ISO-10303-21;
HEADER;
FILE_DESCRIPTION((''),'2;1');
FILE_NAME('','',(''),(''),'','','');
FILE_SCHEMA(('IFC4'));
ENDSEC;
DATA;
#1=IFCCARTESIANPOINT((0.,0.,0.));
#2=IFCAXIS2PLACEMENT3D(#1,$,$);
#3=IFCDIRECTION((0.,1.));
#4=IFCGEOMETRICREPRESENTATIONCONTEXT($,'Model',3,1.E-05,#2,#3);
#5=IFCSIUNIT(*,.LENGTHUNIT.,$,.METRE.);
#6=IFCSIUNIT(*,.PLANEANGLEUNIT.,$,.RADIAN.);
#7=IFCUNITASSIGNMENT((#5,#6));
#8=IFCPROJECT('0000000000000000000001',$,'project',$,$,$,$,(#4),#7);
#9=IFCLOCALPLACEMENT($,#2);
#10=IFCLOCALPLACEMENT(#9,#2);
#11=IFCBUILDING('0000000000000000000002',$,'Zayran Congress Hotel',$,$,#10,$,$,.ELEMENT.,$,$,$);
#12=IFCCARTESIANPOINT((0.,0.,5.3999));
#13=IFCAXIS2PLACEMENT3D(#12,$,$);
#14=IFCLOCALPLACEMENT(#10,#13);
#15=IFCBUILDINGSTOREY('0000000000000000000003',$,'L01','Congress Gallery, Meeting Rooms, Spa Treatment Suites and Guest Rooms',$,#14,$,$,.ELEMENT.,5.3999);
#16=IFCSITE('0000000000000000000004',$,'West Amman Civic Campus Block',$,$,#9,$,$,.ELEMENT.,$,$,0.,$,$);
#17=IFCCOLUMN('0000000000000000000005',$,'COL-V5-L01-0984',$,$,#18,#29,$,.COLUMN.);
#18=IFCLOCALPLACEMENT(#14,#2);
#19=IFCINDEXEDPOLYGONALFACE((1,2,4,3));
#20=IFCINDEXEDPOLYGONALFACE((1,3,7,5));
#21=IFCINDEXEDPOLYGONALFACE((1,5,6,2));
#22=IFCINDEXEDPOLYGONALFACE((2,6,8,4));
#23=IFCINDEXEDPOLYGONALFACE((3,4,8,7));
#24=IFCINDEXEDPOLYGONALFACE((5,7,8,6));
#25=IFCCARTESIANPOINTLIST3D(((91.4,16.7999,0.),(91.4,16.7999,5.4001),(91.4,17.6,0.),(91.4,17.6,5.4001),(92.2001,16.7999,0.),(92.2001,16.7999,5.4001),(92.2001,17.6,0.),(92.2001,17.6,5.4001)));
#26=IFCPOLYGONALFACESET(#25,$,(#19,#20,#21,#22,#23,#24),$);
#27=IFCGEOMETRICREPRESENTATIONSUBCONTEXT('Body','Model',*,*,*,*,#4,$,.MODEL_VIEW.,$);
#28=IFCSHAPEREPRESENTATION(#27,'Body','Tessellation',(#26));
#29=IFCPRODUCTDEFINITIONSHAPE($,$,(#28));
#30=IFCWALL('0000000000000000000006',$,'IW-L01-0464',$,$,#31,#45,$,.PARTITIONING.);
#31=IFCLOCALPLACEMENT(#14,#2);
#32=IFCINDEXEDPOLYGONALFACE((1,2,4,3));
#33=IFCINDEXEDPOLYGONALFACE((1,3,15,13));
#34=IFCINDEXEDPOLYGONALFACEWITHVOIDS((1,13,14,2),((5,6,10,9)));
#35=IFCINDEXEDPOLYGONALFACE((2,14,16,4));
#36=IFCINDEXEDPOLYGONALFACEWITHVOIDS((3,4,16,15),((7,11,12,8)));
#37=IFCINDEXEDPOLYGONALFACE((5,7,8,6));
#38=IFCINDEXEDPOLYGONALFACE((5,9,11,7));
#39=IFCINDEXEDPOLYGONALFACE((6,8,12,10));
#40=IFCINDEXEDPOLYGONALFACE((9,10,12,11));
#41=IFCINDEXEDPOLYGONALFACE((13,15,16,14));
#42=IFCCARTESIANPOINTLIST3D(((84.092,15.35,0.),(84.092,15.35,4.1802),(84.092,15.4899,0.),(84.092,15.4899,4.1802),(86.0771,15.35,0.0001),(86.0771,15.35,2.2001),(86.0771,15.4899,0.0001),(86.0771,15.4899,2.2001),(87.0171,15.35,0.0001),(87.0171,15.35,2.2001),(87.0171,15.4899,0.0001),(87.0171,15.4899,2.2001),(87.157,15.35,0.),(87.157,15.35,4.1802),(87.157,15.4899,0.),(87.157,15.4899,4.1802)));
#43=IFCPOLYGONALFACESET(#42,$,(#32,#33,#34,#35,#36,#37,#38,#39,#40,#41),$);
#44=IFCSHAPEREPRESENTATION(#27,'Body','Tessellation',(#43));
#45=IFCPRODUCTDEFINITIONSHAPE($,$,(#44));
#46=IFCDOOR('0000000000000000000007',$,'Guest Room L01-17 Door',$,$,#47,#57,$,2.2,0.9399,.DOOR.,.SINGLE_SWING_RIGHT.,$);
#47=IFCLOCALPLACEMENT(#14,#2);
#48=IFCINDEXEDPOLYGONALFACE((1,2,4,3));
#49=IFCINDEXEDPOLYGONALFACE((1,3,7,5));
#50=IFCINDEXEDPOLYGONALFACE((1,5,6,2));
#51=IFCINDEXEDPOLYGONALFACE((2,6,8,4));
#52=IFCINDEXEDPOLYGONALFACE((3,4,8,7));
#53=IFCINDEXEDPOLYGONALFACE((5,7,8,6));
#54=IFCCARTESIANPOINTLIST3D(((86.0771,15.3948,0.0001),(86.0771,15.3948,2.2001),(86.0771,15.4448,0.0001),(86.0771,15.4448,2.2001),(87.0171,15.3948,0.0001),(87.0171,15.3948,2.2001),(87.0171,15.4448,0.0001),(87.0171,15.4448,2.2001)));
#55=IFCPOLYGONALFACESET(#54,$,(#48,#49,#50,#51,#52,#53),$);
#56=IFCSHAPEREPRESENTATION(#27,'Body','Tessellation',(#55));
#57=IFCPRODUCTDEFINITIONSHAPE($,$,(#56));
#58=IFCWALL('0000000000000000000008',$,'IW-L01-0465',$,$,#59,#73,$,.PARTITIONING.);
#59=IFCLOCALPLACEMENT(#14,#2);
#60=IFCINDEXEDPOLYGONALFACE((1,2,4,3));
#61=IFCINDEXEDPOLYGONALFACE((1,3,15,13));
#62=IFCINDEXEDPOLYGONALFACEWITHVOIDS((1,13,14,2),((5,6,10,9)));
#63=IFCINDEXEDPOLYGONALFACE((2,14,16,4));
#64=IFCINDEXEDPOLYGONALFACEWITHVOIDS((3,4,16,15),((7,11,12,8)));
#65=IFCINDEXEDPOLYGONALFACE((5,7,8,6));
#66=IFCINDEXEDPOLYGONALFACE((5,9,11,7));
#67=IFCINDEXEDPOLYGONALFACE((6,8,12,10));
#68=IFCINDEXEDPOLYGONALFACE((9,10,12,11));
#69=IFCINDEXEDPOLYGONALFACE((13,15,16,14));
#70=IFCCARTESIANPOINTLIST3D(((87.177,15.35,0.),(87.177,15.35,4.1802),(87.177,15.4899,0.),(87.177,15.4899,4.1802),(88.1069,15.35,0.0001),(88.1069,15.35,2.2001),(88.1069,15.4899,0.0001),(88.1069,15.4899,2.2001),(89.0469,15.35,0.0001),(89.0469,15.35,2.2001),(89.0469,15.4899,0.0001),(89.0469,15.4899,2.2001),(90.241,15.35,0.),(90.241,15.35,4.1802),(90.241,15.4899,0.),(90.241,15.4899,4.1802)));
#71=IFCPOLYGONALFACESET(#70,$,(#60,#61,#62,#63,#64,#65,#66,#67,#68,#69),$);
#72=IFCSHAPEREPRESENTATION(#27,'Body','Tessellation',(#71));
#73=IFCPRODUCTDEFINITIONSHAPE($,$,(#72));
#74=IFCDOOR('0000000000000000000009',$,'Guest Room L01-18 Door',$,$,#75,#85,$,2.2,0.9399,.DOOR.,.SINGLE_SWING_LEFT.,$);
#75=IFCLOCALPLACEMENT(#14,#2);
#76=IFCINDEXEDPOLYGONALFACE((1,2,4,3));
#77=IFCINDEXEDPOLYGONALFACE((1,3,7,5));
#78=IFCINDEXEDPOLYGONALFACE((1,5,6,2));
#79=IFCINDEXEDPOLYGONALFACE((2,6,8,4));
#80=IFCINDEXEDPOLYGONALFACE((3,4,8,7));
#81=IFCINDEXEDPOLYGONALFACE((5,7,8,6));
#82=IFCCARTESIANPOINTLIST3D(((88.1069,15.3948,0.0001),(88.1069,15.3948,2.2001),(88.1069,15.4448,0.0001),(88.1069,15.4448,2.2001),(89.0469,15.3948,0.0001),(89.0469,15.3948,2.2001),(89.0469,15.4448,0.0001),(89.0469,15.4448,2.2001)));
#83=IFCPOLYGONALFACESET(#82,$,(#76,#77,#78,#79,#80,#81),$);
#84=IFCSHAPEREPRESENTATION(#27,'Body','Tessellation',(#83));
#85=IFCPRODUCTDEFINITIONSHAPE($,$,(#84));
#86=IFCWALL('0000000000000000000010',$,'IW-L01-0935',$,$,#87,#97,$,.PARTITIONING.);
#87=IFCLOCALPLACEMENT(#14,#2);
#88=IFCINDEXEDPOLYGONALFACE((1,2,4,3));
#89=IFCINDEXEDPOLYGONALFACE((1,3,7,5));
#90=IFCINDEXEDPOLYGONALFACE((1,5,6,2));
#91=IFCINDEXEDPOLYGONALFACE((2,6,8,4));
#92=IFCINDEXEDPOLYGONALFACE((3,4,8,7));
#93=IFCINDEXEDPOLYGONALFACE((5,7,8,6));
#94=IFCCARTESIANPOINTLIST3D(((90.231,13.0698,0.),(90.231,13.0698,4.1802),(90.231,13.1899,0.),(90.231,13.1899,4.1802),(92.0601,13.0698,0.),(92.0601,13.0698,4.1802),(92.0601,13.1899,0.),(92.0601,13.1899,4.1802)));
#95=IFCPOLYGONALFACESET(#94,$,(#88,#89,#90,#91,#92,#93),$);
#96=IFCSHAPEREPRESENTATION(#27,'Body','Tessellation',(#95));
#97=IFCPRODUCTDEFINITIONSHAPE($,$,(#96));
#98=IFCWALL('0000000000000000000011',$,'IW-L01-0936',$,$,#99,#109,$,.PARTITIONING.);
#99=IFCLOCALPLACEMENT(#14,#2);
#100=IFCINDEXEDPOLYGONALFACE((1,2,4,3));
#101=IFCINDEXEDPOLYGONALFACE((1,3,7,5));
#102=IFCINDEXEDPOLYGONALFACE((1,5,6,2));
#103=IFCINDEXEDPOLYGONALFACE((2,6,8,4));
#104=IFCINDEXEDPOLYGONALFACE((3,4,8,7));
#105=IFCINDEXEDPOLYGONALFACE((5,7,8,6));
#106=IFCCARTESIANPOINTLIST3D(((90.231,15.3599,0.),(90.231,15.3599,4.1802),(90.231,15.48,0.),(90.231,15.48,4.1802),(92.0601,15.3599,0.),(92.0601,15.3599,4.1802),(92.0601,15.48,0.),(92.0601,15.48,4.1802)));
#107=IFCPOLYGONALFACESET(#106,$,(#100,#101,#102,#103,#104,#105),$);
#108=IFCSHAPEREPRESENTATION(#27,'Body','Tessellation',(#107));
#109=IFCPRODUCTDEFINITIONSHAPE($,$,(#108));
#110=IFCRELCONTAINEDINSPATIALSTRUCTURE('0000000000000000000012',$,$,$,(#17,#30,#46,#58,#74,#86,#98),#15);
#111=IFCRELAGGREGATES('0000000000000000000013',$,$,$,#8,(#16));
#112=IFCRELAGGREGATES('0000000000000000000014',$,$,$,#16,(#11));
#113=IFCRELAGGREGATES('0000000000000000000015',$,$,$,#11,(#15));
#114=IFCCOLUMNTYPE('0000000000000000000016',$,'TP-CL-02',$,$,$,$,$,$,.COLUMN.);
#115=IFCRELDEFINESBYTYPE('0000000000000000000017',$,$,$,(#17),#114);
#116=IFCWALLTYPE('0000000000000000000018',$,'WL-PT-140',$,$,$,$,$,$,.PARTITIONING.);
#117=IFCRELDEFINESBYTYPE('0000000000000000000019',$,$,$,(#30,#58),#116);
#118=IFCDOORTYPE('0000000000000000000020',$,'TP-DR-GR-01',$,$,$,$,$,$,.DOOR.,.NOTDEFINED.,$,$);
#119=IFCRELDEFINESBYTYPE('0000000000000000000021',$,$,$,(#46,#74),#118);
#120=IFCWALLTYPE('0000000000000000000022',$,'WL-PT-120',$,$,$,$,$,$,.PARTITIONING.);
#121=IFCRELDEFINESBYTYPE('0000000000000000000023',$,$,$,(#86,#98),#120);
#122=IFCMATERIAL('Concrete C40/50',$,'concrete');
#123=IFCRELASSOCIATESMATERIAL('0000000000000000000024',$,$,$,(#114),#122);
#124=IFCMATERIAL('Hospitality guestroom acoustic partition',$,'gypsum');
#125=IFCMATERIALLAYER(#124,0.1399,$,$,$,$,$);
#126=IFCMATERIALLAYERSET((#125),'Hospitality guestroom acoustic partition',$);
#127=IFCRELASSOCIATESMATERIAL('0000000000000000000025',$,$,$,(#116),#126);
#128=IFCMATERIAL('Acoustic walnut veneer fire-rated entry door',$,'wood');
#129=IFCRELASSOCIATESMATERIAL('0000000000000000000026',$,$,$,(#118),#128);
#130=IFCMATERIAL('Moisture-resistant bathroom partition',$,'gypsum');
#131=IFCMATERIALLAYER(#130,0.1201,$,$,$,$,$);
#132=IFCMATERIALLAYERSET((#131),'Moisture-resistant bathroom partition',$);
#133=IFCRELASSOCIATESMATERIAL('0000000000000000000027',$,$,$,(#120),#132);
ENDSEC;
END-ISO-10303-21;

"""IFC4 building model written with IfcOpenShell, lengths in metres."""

from ifc_helpers import new_model, si_unit, direction, frame, frame_2d, origin, origin_2d, place, context, subcontext, project, spatial, rectangle, extrude, material, layer, layer_set, material_profile, profile_set, type_object, element, fill, save


model = new_model("IFC4")

# Units and contexts
model_context = context("Model", 3, precision=1e-05, world=origin(), true_north=direction((0.0, 1.0)))
body_context = subcontext(model_context, "Body", "Model", "MODEL_VIEW")
ifc_project = project(units=[si_unit("LENGTHUNIT", "METRE"), si_unit("PLANEANGLEUNIT", "RADIAN")], contexts=[model_context])

# Site, building, storey
site_placement = place(None, origin())
site = spatial("IfcSite", under=ifc_project, at=site_placement, Name="West Amman Civic Campus Block", CompositionType="ELEMENT", RefElevation=0.0)
building_placement = place(site_placement, origin())
building = spatial("IfcBuilding", under=site, at=building_placement, Name="Zayran Congress Hotel", CompositionType="ELEMENT")
storey_placement = place(building_placement, frame((0.0, 0.0, 5.3999)))
storey = spatial("IfcBuildingStorey", under=building, at=storey_placement, Name="L01", Description="Congress Gallery, Meeting Rooms, Spa Treatment Suites and Guest Rooms", CompositionType="ELEMENT", Elevation=5.3999)

# Column
ifc_material_1 = material(Name="Concrete C40/50", Category="concrete")
ifc_material_profile = material_profile(ifc_material_1, rectangle(XDim=0.8, YDim=0.8, at=origin_2d()), Name="RC 800x800")
ifc_profile_set = profile_set([ifc_material_profile], Name="Concrete C40/50")
column_type = type_object("IfcColumnType", Name="TP-CL-02", PredefinedType="COLUMN", material=ifc_profile_set)
column_placement = place(storey_placement, frame((91.8, 17.2, 0.0), z_axis=(0.0, 0.0, 1.0), x_axis=(1.0, 0.0, 0.0)))
element("IfcColumn", 1, at=column_placement, inside=storey, type_object=column_type, Name="COL-V5-L01-0984", PredefinedType="COLUMN", context=body_context, shape_type="SweptSolid", body=[
    extrude(rectangle(XDim=0.8, YDim=0.8, at=origin_2d()), origin(), (0.0, 0.0, 1.0), 5.4001),
])

# Walls, openings, doors
ifc_material_2 = material(Name="Hospitality guestroom acoustic partition", Category="gypsum")
ifc_layer_1 = layer(ifc_material_2, 0.1399)
ifc_layer_set_1 = layer_set([ifc_layer_1], Name="Hospitality guestroom acoustic partition")
wall_type_1 = type_object("IfcWallType", Name="WL-PT-140", PredefinedType="PARTITIONING", material=ifc_layer_set_1)
wall_1_placement = place(storey_placement, frame((84.092, 15.4199, 0.0), z_axis=(0.0, 0.0, 1.0), x_axis=(1.0, 0.0, 0.0)))
wall_1 = element("IfcWall", 2, at=wall_1_placement, inside=storey, type_object=wall_type_1, Name="IW-L01-0464", PredefinedType="PARTITIONING", context=body_context, shape_type="SweptSolid", body=[
    extrude(rectangle(XDim=3.0649, YDim=0.1399, at=frame_2d((1.5325, 0.0))), origin(), (0.0, 0.0, 1.0), 4.1802),
])
opening_1_placement = place(wall_1_placement, frame((1.9851, 0.0, 0.0)))
opening_1 = element("IfcOpeningElement", 3, at=opening_1_placement, cuts=wall_1, PredefinedType="OPENING", context=body_context, shape_type="SweptSolid", body=[
    extrude(rectangle(XDim=0.9399, YDim=2.2, at=frame_2d((0.47, 1.1001))), frame((0.0, 0.0798, 0.0), z_axis=(0.0, -1.0, 0.0), x_axis=(1.0, 0.0, 0.0)), (0.0, 0.0, 1.0), 0.1599),
])
ifc_material_3 = material(Name="Acoustic walnut veneer fire-rated entry door", Category="wood")
door_type_1 = type_object("IfcDoorType", Name="TP-DR-GR-01", OperationType="NOTDEFINED", PredefinedType="DOOR", material=ifc_material_3)
door_1_placement = place(opening_1_placement, origin())
door_1 = element("IfcDoor", 4, at=door_1_placement, inside=storey, type_object=door_type_1, Name="Guest Room L01-17 Door", OperationType="SINGLE_SWING_RIGHT", OverallHeight=2.2, OverallWidth=0.9399, PredefinedType="DOOR", context=body_context, shape_type="SweptSolid", body=[
    extrude(rectangle(XDim=0.9399, YDim=2.2, at=frame_2d((0.47, 1.1001))), frame((0.0, 0.0249, 0.0), z_axis=(0.0, -1.0, 0.0), x_axis=(1.0, 0.0, 0.0)), (0.0, 0.0, 1.0), 0.05),
])
fill(opening_1, door_1)
wall_2_placement = place(storey_placement, frame((87.177, 15.4199, 0.0), z_axis=(0.0, 0.0, 1.0), x_axis=(1.0, 0.0, 0.0)))
wall_2 = element("IfcWall", 5, at=wall_2_placement, inside=storey, type_object=wall_type_1, Name="IW-L01-0465", PredefinedType="PARTITIONING", context=body_context, shape_type="SweptSolid", body=[
    extrude(rectangle(XDim=3.064, YDim=0.1399, at=frame_2d((1.532, 0.0))), origin(), (0.0, 0.0, 1.0), 4.1802),
])
opening_2_placement = place(wall_2_placement, frame((0.9299, 0.0, 0.0)))
opening_2 = element("IfcOpeningElement", 6, at=opening_2_placement, cuts=wall_2, PredefinedType="OPENING", context=body_context, shape_type="SweptSolid", body=[
    extrude(rectangle(XDim=0.9399, YDim=2.2, at=frame_2d((0.47, 1.1001))), frame((0.0, 0.0798, 0.0), z_axis=(0.0, -1.0, 0.0), x_axis=(1.0, 0.0, 0.0)), (0.0, 0.0, 1.0), 0.1599),
])
door_2_placement = place(opening_2_placement, origin())
door_2 = element("IfcDoor", 7, at=door_2_placement, inside=storey, type_object=door_type_1, Name="Guest Room L01-18 Door", OperationType="SINGLE_SWING_LEFT", OverallHeight=2.2, OverallWidth=0.9399, PredefinedType="DOOR", context=body_context, shape_type="SweptSolid", body=[
    extrude(rectangle(XDim=0.9399, YDim=2.2, at=frame_2d((0.47, 1.1001))), frame((0.0, 0.0249, 0.0), z_axis=(0.0, -1.0, 0.0), x_axis=(1.0, 0.0, 0.0)), (0.0, 0.0, 1.0), 0.05),
])
fill(opening_2, door_2)
ifc_material_4 = material(Name="Moisture-resistant bathroom partition", Category="gypsum")
ifc_layer_2 = layer(ifc_material_4, 0.1201)
ifc_layer_set_2 = layer_set([ifc_layer_2], Name="Moisture-resistant bathroom partition")
wall_type_2 = type_object("IfcWallType", Name="WL-PT-120", PredefinedType="PARTITIONING", material=ifc_layer_set_2)

# Walls
for number, where, z_axis, x_axis, name in (
    (8, (90.231, 13.1299, 0.0), (0.0, 0.0, 1.0), (1.0, 0.0, 0.0), "IW-L01-0935"),
    (9, (90.231, 15.4199, 0.0), (0.0, 0.0, 1.0), (1.0, 0.0, 0.0), "IW-L01-0936"),
):
    element("IfcWall", number, at=place(storey_placement, frame(where, z_axis=z_axis, x_axis=x_axis)), inside=storey, type_object=wall_type_2, Name=name, PredefinedType="PARTITIONING", context=body_context, shape_type="SweptSolid", body=[
        extrude(rectangle(XDim=1.8291, YDim=0.1201, at=frame_2d((0.9146, 0.0))), origin(), (0.0, 0.0, 1.0), 4.1802),
    ])

save(model, "model.ifc")
